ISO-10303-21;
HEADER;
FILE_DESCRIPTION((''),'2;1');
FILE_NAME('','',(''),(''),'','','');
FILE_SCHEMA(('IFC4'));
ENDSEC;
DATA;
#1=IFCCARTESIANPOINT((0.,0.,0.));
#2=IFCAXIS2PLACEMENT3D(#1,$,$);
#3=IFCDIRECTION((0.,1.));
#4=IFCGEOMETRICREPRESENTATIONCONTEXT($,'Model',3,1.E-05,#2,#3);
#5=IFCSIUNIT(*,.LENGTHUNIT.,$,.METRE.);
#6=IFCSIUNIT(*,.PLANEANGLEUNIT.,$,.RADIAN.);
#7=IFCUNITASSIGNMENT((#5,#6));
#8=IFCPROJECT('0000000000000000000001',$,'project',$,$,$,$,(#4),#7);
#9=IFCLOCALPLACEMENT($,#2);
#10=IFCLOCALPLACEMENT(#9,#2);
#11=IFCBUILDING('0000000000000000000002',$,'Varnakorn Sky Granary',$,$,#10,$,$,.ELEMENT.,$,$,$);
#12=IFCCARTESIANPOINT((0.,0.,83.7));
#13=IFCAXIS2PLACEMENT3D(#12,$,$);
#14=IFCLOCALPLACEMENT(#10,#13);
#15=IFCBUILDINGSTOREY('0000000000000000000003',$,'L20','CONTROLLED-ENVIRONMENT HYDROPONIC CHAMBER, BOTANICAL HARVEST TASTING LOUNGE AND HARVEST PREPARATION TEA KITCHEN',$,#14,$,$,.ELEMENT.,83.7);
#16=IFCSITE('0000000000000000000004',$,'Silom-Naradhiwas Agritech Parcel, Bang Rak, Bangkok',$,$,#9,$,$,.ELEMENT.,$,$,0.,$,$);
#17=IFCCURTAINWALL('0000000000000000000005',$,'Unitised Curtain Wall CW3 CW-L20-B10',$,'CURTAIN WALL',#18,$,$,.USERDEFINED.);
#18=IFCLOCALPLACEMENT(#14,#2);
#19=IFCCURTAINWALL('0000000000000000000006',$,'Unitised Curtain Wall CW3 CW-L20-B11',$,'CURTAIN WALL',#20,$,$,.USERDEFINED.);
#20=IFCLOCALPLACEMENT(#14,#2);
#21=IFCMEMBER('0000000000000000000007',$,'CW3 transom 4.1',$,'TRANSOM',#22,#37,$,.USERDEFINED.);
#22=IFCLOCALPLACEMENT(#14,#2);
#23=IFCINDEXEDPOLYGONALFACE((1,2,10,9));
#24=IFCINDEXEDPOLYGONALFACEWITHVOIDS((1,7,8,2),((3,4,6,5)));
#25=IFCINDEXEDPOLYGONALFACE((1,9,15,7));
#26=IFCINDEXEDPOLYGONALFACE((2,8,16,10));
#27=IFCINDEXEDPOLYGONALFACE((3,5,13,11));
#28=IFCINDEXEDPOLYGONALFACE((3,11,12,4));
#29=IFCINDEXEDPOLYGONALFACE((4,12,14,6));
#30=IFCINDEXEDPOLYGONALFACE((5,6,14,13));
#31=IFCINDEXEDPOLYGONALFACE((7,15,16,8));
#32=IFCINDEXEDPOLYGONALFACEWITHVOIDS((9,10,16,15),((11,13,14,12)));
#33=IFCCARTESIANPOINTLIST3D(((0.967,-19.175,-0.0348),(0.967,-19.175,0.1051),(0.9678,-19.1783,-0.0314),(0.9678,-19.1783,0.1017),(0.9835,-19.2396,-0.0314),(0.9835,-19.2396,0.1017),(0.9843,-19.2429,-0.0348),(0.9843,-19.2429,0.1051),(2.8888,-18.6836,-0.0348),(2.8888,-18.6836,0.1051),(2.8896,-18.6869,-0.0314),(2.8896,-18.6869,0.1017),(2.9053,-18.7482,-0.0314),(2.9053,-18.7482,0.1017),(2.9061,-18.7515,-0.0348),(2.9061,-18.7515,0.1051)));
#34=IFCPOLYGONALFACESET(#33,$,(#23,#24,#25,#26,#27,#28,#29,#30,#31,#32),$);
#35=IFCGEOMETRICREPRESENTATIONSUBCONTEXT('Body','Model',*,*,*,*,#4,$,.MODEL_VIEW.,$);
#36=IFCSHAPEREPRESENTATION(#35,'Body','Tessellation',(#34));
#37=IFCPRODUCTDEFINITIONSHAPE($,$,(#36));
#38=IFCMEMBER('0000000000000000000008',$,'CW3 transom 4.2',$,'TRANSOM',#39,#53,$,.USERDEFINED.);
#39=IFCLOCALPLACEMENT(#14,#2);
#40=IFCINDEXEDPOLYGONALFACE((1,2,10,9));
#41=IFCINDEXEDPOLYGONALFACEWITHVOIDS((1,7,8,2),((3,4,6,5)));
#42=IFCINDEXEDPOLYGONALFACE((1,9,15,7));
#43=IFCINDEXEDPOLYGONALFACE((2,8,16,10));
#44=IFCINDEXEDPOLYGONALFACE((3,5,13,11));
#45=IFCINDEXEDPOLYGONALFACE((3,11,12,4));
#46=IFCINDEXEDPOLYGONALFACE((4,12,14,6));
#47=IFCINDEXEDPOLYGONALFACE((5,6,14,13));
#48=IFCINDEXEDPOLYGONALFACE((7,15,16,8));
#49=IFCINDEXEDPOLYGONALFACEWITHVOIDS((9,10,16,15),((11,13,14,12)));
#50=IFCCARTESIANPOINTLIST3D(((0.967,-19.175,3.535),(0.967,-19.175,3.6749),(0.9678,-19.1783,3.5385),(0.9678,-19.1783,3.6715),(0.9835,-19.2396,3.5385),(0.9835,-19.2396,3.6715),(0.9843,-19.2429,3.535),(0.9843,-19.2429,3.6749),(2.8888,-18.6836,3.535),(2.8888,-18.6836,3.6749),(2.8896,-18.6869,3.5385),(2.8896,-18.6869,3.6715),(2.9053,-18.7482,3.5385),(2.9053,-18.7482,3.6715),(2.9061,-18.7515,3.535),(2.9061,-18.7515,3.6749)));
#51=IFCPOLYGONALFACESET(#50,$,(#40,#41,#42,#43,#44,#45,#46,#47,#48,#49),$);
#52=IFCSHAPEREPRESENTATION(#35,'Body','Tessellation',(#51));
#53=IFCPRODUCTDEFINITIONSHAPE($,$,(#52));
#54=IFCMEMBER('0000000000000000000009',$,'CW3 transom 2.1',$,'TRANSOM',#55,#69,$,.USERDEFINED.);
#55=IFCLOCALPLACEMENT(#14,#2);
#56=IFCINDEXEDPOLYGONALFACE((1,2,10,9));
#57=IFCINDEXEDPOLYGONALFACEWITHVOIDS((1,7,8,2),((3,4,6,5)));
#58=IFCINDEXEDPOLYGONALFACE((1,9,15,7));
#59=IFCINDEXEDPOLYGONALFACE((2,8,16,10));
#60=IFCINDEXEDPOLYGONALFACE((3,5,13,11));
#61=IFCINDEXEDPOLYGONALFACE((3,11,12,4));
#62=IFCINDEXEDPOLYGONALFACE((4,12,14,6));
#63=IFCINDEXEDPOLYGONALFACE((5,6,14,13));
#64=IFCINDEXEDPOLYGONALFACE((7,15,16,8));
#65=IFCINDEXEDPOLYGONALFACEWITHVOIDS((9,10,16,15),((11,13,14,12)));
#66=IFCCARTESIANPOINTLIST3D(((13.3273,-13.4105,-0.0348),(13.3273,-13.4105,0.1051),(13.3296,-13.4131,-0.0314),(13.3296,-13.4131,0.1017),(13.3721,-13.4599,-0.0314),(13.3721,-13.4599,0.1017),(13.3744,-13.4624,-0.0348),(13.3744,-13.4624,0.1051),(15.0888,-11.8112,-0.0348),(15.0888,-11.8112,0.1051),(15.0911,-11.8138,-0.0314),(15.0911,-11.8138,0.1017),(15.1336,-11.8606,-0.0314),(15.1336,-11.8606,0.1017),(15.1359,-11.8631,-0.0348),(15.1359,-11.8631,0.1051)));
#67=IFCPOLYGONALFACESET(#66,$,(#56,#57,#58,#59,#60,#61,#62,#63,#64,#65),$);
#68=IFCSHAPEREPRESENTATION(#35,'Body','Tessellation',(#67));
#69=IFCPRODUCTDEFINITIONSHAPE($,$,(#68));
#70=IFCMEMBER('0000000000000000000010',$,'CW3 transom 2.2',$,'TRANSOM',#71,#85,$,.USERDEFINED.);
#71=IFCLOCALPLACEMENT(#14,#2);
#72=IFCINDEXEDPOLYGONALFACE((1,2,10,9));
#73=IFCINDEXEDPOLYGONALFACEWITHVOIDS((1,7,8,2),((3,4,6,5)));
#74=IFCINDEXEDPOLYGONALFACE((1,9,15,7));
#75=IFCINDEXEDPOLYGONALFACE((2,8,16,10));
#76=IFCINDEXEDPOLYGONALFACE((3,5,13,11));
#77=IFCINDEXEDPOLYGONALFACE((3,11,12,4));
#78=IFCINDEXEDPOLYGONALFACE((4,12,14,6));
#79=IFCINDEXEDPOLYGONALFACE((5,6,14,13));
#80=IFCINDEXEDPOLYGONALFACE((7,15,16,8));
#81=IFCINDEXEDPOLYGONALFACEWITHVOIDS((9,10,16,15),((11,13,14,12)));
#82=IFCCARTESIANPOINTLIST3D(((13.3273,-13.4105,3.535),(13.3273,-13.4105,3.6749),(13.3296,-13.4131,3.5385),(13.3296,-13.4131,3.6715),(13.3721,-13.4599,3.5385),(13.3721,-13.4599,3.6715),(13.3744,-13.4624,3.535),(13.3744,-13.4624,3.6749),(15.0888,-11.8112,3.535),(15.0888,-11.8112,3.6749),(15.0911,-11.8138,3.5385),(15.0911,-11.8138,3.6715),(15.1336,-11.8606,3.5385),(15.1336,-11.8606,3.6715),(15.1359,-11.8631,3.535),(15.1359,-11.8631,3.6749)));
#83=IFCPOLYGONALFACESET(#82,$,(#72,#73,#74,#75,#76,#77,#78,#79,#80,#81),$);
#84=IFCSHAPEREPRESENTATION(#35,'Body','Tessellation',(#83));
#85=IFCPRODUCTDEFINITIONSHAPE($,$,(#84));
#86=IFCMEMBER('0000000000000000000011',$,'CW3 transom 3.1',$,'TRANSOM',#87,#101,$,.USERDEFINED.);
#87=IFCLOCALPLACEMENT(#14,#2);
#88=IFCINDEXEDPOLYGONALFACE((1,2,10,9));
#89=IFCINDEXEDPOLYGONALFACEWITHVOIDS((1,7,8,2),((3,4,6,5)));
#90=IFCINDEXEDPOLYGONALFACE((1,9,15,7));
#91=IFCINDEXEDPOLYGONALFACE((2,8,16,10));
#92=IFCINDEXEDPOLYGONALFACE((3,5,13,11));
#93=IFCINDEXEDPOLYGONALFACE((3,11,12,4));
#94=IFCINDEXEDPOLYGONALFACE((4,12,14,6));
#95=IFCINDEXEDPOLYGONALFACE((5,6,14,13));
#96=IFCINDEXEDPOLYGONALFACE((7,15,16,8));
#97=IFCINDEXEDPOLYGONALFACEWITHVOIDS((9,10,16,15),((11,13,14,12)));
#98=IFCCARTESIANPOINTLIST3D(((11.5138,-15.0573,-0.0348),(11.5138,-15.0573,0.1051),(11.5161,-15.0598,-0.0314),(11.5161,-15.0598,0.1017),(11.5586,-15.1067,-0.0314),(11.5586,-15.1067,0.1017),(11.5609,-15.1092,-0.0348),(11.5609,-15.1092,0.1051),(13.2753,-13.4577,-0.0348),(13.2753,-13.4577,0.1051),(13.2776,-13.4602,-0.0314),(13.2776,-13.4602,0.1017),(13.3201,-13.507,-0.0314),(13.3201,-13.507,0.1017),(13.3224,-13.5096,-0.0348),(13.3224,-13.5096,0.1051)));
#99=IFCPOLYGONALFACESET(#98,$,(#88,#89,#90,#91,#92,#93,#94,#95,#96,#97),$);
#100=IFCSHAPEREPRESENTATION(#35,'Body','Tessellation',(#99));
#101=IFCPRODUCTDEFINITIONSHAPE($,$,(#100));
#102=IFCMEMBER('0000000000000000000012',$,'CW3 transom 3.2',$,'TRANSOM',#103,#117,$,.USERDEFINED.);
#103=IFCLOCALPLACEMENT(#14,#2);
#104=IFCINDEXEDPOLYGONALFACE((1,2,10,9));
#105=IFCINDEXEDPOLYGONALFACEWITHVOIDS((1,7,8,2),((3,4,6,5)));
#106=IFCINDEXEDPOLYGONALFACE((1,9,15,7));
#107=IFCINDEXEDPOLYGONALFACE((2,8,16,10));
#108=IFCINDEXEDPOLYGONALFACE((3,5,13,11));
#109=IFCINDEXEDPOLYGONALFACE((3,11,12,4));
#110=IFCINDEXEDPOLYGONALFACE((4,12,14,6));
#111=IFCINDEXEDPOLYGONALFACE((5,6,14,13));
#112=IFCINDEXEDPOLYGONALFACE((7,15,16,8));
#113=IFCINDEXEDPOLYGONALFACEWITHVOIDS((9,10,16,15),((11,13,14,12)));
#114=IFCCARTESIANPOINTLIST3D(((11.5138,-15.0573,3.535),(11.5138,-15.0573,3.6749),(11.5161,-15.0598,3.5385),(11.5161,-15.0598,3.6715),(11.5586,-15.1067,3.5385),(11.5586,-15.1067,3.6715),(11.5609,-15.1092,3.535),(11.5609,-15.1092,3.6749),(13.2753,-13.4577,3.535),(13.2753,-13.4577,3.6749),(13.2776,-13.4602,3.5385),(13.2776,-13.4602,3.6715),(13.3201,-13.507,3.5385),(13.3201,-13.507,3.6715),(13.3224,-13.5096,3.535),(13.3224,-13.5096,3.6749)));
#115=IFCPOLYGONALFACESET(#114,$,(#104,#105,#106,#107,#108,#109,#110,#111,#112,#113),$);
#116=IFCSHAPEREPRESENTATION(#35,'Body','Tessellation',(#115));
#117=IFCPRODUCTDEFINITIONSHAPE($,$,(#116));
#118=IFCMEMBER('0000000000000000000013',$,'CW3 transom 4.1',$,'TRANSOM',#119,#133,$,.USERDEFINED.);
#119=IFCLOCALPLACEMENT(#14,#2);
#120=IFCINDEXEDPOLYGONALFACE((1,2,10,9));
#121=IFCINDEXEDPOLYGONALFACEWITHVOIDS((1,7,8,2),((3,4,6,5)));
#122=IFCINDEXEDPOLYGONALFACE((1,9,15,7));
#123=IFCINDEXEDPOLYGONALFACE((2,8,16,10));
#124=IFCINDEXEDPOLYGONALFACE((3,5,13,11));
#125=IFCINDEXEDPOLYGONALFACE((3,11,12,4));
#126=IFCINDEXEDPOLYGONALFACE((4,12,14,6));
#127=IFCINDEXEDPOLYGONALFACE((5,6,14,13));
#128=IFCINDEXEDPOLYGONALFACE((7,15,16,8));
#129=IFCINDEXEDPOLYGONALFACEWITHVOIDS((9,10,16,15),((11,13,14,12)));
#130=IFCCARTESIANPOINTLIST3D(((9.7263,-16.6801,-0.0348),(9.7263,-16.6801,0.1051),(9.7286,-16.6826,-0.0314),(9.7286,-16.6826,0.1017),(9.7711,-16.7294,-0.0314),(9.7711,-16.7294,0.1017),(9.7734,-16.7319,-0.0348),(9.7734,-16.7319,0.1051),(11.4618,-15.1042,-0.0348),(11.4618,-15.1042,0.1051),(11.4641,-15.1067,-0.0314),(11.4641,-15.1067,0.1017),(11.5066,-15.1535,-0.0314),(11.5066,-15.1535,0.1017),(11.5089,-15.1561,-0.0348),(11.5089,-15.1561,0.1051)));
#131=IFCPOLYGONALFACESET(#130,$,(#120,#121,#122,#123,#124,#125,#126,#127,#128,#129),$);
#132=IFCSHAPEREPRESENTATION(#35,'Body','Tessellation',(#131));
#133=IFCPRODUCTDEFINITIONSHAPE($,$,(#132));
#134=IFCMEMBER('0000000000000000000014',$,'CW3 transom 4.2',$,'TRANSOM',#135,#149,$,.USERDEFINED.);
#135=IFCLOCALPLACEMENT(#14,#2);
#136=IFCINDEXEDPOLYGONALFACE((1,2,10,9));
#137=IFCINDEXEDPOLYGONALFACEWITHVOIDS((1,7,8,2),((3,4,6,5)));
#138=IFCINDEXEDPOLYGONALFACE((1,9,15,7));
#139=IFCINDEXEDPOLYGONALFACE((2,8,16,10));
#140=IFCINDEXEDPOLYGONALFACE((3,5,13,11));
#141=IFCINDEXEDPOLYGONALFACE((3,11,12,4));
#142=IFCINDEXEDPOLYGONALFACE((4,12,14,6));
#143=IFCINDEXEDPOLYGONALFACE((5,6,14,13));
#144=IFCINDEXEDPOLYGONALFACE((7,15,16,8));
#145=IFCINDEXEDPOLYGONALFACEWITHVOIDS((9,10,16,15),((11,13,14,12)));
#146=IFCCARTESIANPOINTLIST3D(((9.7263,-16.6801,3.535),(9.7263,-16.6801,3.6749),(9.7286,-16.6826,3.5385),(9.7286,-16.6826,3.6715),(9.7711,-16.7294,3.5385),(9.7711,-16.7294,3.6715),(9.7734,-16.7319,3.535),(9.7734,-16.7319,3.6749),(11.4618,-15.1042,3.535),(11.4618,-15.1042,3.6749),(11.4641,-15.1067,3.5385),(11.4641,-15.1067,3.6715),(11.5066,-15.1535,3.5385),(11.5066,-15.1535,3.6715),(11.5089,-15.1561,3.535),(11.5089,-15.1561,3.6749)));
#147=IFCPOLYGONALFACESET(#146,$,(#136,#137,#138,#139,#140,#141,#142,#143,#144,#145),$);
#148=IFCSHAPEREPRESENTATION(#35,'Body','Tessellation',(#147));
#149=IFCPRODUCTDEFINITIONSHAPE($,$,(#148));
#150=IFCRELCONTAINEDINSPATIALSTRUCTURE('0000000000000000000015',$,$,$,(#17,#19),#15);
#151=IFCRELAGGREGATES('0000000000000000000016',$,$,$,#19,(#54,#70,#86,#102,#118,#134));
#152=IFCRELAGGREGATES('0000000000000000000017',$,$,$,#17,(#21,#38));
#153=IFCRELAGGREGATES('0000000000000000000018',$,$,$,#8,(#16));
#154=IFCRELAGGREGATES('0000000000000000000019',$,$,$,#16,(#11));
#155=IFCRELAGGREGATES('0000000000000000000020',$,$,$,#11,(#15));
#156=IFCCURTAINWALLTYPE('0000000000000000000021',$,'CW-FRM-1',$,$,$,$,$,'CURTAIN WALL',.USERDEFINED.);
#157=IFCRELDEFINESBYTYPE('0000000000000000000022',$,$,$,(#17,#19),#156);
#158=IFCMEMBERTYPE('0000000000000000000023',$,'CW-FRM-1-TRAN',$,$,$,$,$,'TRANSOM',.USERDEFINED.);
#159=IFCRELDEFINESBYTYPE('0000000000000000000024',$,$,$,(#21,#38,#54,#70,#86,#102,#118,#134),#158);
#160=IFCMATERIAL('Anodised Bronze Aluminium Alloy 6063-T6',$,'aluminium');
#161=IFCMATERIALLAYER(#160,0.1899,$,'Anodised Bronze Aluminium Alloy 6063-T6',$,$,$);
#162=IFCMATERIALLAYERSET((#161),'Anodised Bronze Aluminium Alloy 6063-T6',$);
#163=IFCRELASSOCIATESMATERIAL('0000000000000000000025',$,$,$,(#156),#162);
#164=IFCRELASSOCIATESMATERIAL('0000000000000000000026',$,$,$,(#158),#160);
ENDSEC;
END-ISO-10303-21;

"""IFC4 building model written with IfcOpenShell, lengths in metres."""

from ifc_helpers import new_model, si_unit, direction, frame, origin, origin_2d, place, context, subcontext, project, spatial, hollow_rectangle, extrude, material, layer, layer_set, material_profile, profile_set, type_object, element, aggregate, save


model = new_model("IFC4")

# Units and contexts
model_context = context("Model", 3, precision=1e-05, world=origin(), true_north=direction((0.0, 1.0)))
body_context = subcontext(model_context, "Body", "Model", "MODEL_VIEW")
ifc_project = project(units=[si_unit("LENGTHUNIT", "METRE"), si_unit("PLANEANGLEUNIT", "RADIAN")], contexts=[model_context])

# Site, building, storey
site_placement = place(None, origin())
site = spatial("IfcSite", under=ifc_project, at=site_placement, Name="Silom-Naradhiwas Agritech Parcel, Bang Rak, Bangkok", CompositionType="ELEMENT", RefElevation=0.0)
building_placement = place(site_placement, origin())
building = spatial("IfcBuilding", under=site, at=building_placement, Name="Varnakorn Sky Granary", CompositionType="ELEMENT")
storey_placement = place(building_placement, frame((0.0, 0.0, 83.7)))
storey = spatial("IfcBuildingStorey", under=building, at=storey_placement, Name="L20", Description="CONTROLLED-ENVIRONMENT HYDROPONIC CHAMBER, BOTANICAL HARVEST TASTING LOUNGE AND HARVEST PREPARATION TEA KITCHEN", CompositionType="ELEMENT", Elevation=83.7)

# Curtain walls
ifc_material_1 = material(Name="Anodised Bronze Aluminium Alloy 6063-T6", Category="aluminium")
ifc_layer_1 = layer(ifc_material_1, 0.1899, Name="Anodised Bronze Aluminium Alloy 6063-T6")
ifc_layer_set_1 = layer_set([ifc_layer_1], Name="Anodised Bronze Aluminium Alloy 6063-T6")
curtain_wall_type = type_object("IfcCurtainWallType", Name="CW-FRM-1", ElementType="CURTAIN WALL", PredefinedType="USERDEFINED", material=ifc_layer_set_1)
curtain_wall_1_placement = place(storey_placement, origin())
curtain_wall_1 = element("IfcCurtainWall", 1, at=curtain_wall_1_placement, inside=storey, type_object=curtain_wall_type, Name="Unitised Curtain Wall CW3 CW-L20-B10", ObjectType="CURTAIN WALL", PredefinedType="USERDEFINED")
curtain_wall_2_placement = place(storey_placement, origin())
curtain_wall_2 = element("IfcCurtainWall", 2, at=curtain_wall_2_placement, inside=storey, type_object=curtain_wall_type, Name="Unitised Curtain Wall CW3 CW-L20-B11", ObjectType="CURTAIN WALL", PredefinedType="USERDEFINED")

# Members
ifc_material_profile_1 = material_profile(ifc_material_1, hollow_rectangle(XDim=0.0701, YDim=0.1399, WallThickness=0.0034, at=origin_2d()), Name="ALU TRAN 70x140")
ifc_profile_set_1 = profile_set([ifc_material_profile_1], Name="Anodised Bronze Aluminium Alloy 6063-T6")
member_type_1 = type_object("IfcMemberType", Name="CW-FRM-1-TRAN", ElementType="TRANSOM", PredefinedType="USERDEFINED", material=ifc_profile_set_1)
member_1_placement = place(storey_placement, frame((2.8975, -18.7175, 0.0352), z_axis=(-0.968825, -0.247745, 0.0), x_axis=(0.247745, -0.968825, 0.0)))
member_1 = element("IfcMember", 3, at=member_1_placement, type_object=member_type_1, Name="CW3 transom 4.1", ObjectType="TRANSOM", PredefinedType="USERDEFINED", context=body_context, shape_type="SweptSolid", body=[
    extrude(hollow_rectangle(XDim=0.0701, YDim=0.1399, WallThickness=0.0034, at=origin_2d()), origin(), (0.0, 0.0, 1.0), 1.9836),
])
member_2_placement = place(storey_placement, frame((2.8975, -18.7175, 3.605), z_axis=(-0.968825, -0.247745, 0.0), x_axis=(0.247745, -0.968825, 0.0)))
member_2 = element("IfcMember", 4, at=member_2_placement, type_object=member_type_1, Name="CW3 transom 4.2", ObjectType="TRANSOM", PredefinedType="USERDEFINED", context=body_context, shape_type="SweptSolid", body=[
    extrude(hollow_rectangle(XDim=0.0701, YDim=0.1399, WallThickness=0.0034, at=origin_2d()), origin(), (0.0, 0.0, 1.0), 1.9836),
])
member_3_placement = place(storey_placement, frame((15.1123, -11.8372, 0.0352), z_axis=(-0.740353, -0.672218, 0.0), x_axis=(0.672218, -0.740353, 0.0)))
member_3 = element("IfcMember", 5, at=member_3_placement, type_object=member_type_1, Name="CW3 transom 2.1", ObjectType="TRANSOM", PredefinedType="USERDEFINED", context=body_context, shape_type="SweptSolid", body=[
    extrude(hollow_rectangle(XDim=0.0701, YDim=0.1399, WallThickness=0.0034, at=origin_2d()), origin(), (0.0, 0.0, 1.0), 2.3792),
])
member_4_placement = place(storey_placement, frame((15.1123, -11.8372, 3.605), z_axis=(-0.740353, -0.672218, 0.0), x_axis=(0.672218, -0.740353, 0.0)))
member_4 = element("IfcMember", 6, at=member_4_placement, type_object=member_type_1, Name="CW3 transom 2.2", ObjectType="TRANSOM", PredefinedType="USERDEFINED", context=body_context, shape_type="SweptSolid", body=[
    extrude(hollow_rectangle(XDim=0.0701, YDim=0.1399, WallThickness=0.0034, at=origin_2d()), origin(), (0.0, 0.0, 1.0), 2.3792),
])
member_5_placement = place(storey_placement, frame((13.2988, -13.4836, 0.0352), z_axis=(-0.740302, -0.672274, 0.0), x_axis=(0.672274, -0.740302, 0.0)))
member_5 = element("IfcMember", 7, at=member_5_placement, type_object=member_type_1, Name="CW3 transom 3.1", ObjectType="TRANSOM", PredefinedType="USERDEFINED", context=body_context, shape_type="SweptSolid", body=[
    extrude(hollow_rectangle(XDim=0.0701, YDim=0.1399, WallThickness=0.0034, at=origin_2d()), origin(), (0.0, 0.0, 1.0), 2.3794),
])
member_6_placement = place(storey_placement, frame((13.2988, -13.4836, 3.605), z_axis=(-0.740302, -0.672274, 0.0), x_axis=(0.672274, -0.740302, 0.0)))
member_6 = element("IfcMember", 8, at=member_6_placement, type_object=member_type_1, Name="CW3 transom 3.2", ObjectType="TRANSOM", PredefinedType="USERDEFINED", context=body_context, shape_type="SweptSolid", body=[
    extrude(hollow_rectangle(XDim=0.0701, YDim=0.1399, WallThickness=0.0034, at=origin_2d()), origin(), (0.0, 0.0, 1.0), 2.3794),
])
member_7_placement = place(storey_placement, frame((11.4854, -15.1301, 0.0352), z_axis=(-0.74034, -0.672232, 0.0), x_axis=(0.672232, -0.74034, 0.0)))
member_7 = element("IfcMember", 9, at=member_7_placement, type_object=member_type_1, Name="CW3 transom 4.1", ObjectType="TRANSOM", PredefinedType="USERDEFINED", context=body_context, shape_type="SweptSolid", body=[
    extrude(hollow_rectangle(XDim=0.0701, YDim=0.1399, WallThickness=0.0034, at=origin_2d()), origin(), (0.0, 0.0, 1.0), 2.3442),
])
member_8_placement = place(storey_placement, frame((11.4854, -15.1301, 3.605), z_axis=(-0.74034, -0.672232, 0.0), x_axis=(0.672232, -0.74034, 0.0)))
member_8 = element("IfcMember", 10, at=member_8_placement, type_object=member_type_1, Name="CW3 transom 4.2", ObjectType="TRANSOM", PredefinedType="USERDEFINED", context=body_context, shape_type="SweptSolid", body=[
    extrude(hollow_rectangle(XDim=0.0701, YDim=0.1399, WallThickness=0.0034, at=origin_2d()), origin(), (0.0, 0.0, 1.0), 2.3442),
])

aggregate(curtain_wall_2, [member_3, member_4, member_5, member_6, member_7, member_8])
aggregate(curtain_wall_1, [member_1, member_2])

save(model, "model.ifc")
